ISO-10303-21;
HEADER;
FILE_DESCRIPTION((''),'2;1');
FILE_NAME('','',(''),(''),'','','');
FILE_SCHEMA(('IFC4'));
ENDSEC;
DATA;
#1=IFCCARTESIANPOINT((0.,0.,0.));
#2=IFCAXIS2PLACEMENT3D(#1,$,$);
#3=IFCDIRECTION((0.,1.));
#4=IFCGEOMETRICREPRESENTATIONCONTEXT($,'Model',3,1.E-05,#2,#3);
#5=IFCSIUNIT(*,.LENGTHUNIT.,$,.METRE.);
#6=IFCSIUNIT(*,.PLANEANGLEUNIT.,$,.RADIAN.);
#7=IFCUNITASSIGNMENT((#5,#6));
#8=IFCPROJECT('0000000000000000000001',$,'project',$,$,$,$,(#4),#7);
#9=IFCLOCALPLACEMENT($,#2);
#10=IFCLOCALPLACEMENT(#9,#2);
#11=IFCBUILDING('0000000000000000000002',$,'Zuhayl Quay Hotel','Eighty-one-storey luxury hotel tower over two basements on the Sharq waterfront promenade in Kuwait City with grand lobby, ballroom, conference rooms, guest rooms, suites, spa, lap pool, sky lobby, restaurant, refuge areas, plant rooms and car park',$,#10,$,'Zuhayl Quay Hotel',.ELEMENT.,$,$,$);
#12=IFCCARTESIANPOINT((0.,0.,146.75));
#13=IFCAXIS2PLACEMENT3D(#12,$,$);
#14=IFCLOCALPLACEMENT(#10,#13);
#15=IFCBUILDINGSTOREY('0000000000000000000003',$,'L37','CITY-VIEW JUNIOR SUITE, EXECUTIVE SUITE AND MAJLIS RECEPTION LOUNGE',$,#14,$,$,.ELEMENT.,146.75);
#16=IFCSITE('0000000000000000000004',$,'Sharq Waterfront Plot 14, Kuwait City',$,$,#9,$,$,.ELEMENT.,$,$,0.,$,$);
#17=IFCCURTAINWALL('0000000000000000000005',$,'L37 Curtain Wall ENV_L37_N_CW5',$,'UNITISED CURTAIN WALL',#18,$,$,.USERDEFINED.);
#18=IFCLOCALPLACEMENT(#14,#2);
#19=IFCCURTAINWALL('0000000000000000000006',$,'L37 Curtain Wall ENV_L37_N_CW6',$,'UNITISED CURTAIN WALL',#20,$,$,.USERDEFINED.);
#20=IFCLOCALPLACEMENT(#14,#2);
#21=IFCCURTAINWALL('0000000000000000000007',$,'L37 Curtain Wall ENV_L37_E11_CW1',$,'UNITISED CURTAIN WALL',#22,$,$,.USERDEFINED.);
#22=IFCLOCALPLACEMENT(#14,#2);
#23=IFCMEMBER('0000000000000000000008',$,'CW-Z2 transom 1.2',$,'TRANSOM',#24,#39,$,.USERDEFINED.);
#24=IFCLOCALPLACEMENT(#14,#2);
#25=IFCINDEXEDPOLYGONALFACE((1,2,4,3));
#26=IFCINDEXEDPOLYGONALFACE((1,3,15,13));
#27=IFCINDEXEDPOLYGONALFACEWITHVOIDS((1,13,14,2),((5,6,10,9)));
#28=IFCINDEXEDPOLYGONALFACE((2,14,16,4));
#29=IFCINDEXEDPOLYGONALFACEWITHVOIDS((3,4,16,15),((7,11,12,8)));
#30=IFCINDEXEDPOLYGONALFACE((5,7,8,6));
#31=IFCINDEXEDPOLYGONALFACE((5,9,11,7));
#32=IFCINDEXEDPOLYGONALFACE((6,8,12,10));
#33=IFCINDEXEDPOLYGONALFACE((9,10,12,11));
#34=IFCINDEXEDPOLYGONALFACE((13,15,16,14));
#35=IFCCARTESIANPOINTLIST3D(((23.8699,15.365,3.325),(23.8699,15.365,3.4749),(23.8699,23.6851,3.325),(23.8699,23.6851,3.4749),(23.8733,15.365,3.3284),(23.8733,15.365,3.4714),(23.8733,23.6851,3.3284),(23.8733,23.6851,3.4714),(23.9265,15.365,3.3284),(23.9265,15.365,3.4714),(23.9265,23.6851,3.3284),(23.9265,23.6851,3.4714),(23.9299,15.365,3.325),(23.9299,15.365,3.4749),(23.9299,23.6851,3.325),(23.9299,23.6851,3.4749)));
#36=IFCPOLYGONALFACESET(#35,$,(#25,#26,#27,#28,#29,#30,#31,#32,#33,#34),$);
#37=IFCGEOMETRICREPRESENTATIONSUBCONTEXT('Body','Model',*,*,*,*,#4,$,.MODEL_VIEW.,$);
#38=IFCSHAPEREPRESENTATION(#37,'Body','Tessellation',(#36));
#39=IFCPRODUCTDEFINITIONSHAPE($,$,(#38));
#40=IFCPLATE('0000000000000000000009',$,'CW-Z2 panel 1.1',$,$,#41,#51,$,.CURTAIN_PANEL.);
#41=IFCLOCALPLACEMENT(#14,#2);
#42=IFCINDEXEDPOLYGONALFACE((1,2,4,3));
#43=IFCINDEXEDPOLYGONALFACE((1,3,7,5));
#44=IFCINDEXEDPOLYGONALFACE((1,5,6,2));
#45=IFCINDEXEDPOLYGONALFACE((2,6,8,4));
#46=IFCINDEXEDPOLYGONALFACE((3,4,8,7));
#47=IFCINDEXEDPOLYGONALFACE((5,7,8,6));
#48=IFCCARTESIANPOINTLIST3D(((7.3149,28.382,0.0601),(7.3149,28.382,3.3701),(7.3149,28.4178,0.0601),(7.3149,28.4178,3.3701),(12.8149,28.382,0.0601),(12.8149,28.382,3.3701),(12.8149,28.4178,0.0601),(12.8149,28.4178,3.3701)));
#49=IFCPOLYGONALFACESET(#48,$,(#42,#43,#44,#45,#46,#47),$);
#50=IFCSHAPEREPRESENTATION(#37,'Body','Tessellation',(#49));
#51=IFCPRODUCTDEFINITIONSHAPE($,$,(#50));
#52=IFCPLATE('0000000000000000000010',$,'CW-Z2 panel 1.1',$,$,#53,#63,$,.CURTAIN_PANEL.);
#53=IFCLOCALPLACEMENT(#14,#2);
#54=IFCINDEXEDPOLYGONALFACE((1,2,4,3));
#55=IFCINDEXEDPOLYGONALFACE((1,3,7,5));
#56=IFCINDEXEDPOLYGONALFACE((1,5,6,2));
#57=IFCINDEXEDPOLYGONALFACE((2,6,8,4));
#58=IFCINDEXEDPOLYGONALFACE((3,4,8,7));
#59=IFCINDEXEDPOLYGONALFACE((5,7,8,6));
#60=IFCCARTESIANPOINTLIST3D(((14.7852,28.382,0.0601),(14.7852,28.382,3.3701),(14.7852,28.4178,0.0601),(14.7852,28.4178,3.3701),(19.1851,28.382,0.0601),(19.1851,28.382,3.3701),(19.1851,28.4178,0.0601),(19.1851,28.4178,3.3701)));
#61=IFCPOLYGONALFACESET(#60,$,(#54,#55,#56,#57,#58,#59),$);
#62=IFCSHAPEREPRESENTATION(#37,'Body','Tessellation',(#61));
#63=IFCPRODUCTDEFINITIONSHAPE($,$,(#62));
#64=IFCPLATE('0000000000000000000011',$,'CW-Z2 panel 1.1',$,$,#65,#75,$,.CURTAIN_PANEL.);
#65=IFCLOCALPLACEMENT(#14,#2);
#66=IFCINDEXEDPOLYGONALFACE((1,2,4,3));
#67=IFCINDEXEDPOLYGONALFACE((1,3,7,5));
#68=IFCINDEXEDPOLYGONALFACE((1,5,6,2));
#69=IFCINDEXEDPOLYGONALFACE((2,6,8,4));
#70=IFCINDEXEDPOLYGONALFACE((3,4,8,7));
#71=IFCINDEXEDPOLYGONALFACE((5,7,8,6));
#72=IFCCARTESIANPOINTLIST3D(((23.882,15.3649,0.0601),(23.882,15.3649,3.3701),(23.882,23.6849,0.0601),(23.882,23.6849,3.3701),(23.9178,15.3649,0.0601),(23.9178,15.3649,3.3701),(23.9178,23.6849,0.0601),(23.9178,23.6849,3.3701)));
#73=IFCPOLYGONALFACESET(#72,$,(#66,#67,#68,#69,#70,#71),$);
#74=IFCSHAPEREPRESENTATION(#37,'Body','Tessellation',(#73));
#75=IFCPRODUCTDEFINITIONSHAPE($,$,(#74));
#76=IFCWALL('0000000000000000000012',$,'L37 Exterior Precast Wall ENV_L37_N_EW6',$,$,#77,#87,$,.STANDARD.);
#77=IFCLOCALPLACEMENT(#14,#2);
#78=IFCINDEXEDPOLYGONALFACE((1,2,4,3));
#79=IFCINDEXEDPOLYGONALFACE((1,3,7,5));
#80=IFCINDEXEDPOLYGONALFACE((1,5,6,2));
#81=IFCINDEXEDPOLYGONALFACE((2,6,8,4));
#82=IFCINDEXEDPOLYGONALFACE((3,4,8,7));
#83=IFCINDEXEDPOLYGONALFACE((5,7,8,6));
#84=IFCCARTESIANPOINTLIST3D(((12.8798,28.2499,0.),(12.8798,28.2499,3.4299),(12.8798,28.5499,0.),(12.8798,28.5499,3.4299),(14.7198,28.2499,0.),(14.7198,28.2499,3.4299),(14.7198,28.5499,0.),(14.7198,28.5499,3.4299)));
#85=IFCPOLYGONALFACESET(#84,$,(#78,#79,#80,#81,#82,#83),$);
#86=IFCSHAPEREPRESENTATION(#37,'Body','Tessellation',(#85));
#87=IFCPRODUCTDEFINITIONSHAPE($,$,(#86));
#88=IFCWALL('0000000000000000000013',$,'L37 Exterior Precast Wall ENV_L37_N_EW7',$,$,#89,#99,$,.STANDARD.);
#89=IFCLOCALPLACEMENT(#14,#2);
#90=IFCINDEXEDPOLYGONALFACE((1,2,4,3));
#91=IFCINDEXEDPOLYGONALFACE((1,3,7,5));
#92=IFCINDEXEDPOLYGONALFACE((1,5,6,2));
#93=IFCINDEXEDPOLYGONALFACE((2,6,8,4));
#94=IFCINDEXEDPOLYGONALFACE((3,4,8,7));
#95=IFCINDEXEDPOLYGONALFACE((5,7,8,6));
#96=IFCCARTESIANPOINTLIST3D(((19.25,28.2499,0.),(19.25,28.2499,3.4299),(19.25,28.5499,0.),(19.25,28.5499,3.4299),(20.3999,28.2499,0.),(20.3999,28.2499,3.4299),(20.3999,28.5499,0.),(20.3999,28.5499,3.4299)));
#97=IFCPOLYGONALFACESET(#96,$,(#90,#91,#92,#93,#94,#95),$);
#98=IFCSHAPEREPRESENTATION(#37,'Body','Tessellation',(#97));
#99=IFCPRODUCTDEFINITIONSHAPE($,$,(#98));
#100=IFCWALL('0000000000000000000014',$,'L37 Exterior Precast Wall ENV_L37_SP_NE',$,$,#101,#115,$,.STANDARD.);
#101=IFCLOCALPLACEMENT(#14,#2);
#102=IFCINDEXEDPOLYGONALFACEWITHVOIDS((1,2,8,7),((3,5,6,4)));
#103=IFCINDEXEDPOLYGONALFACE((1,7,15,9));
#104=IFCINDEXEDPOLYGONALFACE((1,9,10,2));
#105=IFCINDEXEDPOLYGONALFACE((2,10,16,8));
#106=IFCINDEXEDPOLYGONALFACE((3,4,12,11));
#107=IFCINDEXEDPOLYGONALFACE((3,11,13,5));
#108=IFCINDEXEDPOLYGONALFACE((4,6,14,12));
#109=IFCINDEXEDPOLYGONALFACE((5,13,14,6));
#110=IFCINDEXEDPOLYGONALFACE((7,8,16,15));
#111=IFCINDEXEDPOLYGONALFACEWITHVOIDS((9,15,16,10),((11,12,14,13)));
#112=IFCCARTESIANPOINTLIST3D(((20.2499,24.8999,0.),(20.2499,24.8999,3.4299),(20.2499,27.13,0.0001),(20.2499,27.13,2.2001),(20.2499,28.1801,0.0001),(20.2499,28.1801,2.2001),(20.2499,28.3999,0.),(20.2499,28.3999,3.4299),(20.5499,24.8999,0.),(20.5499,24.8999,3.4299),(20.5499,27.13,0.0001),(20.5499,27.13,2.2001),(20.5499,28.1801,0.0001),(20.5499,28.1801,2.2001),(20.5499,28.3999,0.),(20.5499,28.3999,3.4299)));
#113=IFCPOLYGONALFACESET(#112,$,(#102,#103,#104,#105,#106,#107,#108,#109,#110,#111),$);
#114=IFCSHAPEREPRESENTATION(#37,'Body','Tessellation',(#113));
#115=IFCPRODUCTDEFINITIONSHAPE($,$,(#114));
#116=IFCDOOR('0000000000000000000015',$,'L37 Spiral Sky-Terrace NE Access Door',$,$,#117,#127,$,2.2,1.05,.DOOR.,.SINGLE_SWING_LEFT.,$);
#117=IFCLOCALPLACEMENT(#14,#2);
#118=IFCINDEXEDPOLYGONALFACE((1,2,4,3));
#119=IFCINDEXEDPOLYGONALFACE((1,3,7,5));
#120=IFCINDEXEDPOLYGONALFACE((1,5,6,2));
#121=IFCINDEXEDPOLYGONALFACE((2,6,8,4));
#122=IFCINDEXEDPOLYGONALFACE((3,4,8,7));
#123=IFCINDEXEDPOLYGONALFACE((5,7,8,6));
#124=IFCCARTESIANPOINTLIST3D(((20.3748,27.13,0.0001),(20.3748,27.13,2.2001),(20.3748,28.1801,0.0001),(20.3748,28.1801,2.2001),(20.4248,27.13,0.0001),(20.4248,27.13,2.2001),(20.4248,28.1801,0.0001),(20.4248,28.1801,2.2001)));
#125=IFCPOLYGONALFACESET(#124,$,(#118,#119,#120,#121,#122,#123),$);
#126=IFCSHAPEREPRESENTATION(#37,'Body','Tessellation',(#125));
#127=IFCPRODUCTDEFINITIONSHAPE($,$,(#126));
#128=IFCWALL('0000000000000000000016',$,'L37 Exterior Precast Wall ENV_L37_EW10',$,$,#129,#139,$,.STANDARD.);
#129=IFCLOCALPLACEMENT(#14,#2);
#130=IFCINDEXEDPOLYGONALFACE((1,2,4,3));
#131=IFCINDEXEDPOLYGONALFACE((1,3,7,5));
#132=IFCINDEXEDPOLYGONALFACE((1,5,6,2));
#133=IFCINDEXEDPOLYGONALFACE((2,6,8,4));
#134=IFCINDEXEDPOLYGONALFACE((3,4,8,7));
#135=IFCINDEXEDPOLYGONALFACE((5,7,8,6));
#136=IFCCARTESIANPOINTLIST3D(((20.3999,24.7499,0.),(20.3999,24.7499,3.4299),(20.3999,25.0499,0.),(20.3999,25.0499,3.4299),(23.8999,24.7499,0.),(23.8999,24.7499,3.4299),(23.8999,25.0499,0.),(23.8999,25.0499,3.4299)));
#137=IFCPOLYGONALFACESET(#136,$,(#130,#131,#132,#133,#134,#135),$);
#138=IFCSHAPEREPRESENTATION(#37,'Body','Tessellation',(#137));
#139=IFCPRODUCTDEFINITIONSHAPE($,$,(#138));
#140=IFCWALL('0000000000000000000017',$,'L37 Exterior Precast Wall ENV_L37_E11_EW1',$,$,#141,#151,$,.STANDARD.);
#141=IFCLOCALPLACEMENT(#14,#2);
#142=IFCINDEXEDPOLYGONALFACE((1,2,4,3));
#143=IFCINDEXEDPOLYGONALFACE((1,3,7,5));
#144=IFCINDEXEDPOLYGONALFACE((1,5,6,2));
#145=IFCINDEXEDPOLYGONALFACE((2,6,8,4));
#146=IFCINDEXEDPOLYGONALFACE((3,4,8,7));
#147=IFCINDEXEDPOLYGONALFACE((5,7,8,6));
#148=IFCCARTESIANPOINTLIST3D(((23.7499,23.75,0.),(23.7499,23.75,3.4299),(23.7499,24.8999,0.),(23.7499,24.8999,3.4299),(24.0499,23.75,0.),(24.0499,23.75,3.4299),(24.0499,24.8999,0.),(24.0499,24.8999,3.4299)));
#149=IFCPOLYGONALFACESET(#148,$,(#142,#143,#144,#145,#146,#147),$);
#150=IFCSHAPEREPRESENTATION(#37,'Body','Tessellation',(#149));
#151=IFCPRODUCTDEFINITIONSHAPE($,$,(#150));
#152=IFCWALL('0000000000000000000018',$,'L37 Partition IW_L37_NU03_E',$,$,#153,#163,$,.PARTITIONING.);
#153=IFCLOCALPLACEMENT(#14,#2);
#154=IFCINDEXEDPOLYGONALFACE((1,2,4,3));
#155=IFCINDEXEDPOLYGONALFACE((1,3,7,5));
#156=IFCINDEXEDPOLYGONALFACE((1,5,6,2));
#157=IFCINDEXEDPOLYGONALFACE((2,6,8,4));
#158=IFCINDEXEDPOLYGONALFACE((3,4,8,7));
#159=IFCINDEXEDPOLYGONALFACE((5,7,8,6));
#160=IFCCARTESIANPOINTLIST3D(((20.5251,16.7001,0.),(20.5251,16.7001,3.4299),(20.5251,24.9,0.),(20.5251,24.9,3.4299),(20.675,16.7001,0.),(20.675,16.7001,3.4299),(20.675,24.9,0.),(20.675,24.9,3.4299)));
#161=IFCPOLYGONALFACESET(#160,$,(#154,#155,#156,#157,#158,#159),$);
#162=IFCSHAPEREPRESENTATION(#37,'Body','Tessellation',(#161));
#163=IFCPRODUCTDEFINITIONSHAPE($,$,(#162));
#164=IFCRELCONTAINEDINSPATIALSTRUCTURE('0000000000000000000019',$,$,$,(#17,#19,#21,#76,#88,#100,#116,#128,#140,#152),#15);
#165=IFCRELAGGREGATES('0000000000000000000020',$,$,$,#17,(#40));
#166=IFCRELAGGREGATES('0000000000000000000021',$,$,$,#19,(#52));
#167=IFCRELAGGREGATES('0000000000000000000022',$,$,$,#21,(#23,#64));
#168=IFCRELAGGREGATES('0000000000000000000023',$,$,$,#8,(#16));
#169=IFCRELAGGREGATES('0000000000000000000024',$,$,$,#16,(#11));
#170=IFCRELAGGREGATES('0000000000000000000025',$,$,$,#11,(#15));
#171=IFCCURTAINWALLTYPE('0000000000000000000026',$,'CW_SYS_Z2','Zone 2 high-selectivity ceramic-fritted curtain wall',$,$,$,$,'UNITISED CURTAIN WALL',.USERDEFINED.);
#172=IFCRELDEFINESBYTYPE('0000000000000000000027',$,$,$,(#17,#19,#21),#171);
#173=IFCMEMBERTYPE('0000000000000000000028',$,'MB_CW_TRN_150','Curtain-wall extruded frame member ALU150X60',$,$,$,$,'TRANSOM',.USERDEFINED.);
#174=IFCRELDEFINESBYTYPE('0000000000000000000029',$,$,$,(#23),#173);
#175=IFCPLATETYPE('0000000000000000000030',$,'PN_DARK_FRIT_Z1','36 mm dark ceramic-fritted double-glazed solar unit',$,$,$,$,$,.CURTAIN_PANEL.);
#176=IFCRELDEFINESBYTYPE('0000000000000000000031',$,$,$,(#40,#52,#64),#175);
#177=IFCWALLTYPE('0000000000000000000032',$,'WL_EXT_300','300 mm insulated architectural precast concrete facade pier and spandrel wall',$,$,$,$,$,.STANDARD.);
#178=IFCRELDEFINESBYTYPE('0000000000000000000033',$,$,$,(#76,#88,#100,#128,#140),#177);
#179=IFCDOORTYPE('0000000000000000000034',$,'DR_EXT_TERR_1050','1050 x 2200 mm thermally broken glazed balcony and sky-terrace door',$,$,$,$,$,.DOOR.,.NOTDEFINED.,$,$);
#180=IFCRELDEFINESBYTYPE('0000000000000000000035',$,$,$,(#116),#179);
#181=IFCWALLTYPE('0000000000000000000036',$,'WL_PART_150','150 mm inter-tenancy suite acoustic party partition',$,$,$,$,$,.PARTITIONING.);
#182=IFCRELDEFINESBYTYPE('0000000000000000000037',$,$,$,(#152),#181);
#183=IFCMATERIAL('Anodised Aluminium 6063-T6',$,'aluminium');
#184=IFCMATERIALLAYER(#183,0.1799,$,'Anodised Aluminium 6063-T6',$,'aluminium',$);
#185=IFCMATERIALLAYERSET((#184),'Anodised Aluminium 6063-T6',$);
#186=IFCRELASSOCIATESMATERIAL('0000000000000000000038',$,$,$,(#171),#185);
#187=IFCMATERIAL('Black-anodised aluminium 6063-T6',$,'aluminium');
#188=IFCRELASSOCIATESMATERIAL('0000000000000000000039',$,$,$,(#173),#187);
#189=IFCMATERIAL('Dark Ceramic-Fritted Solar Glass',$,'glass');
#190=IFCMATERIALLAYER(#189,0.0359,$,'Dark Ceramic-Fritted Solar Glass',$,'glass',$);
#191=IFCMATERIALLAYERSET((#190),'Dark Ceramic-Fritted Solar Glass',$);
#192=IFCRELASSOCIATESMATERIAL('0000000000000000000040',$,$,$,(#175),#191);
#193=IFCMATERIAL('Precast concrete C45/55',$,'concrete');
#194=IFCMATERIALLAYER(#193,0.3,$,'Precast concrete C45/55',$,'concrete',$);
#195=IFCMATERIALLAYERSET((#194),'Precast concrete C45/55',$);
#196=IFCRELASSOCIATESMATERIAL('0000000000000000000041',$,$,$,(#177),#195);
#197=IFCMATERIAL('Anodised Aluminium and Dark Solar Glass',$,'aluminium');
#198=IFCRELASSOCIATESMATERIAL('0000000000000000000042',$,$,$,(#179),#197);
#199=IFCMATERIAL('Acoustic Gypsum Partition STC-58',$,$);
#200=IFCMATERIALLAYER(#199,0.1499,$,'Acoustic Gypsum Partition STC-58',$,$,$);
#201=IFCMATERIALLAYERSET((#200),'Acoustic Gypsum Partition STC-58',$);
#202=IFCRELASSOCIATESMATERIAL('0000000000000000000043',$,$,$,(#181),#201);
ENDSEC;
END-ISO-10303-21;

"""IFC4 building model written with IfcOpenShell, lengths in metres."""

from ifc_helpers import new_model, si_unit, direction, frame, frame_2d, origin, origin_2d, place, context, subcontext, project, spatial, rectangle, hollow_rectangle, extrude, material, layer, layer_set, material_profile, profile_set, type_object, element, fill, aggregate, save


model = new_model("IFC4")

# Units and contexts
model_context = context("Model", 3, precision=1e-05, world=origin(), true_north=direction((0.0, 1.0)))
body_context = subcontext(model_context, "Body", "Model", "MODEL_VIEW")
ifc_project = project(units=[si_unit("LENGTHUNIT", "METRE"), si_unit("PLANEANGLEUNIT", "RADIAN")], contexts=[model_context])

# Site, building, storey
site_placement = place(None, origin())
site = spatial("IfcSite", under=ifc_project, at=site_placement, Name="Sharq Waterfront Plot 14, Kuwait City", CompositionType="ELEMENT", RefElevation=0.0)
building_placement = place(site_placement, origin())
building = spatial("IfcBuilding", under=site, at=building_placement, Name="Zuhayl Quay Hotel", Description="Eighty-one-storey luxury hotel tower over two basements on the Sharq waterfront promenade in Kuwait City with grand lobby, ballroom, conference rooms, guest rooms, suites, spa, lap pool, sky lobby, restaurant, refuge areas, plant rooms and car park", LongName="Zuhayl Quay Hotel", CompositionType="ELEMENT")
storey_placement = place(building_placement, frame((0.0, 0.0, 146.75)))
storey = spatial("IfcBuildingStorey", under=building, at=storey_placement, Name="L37", Description="CITY-VIEW JUNIOR SUITE, EXECUTIVE SUITE AND MAJLIS RECEPTION LOUNGE", CompositionType="ELEMENT", Elevation=146.75)

# Curtain wall
ifc_material_1 = material(Name="Anodised Aluminium 6063-T6", Category="aluminium")
ifc_layer_1 = layer(ifc_material_1, 0.1799, Name="Anodised Aluminium 6063-T6", Category="aluminium")
ifc_layer_set_1 = layer_set([ifc_layer_1], Name="Anodised Aluminium 6063-T6")
curtain_wall_type = type_object("IfcCurtainWallType", Name="CW_SYS_Z2", Description="Zone 2 high-selectivity ceramic-fritted curtain wall", ElementType="UNITISED CURTAIN WALL", PredefinedType="USERDEFINED", material=ifc_layer_set_1)
curtain_wall_1_placement = place(storey_placement, origin())
curtain_wall_1 = element("IfcCurtainWall", 1, at=curtain_wall_1_placement, inside=storey, type_object=curtain_wall_type, Name="L37 Curtain Wall ENV_L37_N_CW5", ObjectType="UNITISED CURTAIN WALL", PredefinedType="USERDEFINED")
ifc_material_2 = material(Name="Black-anodised aluminium 6063-T6", Category="aluminium")

# Curtain walls
curtain_wall_2_placement = place(storey_placement, origin())
curtain_wall_2 = element("IfcCurtainWall", 2, at=curtain_wall_2_placement, inside=storey, type_object=curtain_wall_type, Name="L37 Curtain Wall ENV_L37_N_CW6", ObjectType="UNITISED CURTAIN WALL", PredefinedType="USERDEFINED")
curtain_wall_3_placement = place(storey_placement, origin())
curtain_wall_3 = element("IfcCurtainWall", 3, at=curtain_wall_3_placement, inside=storey, type_object=curtain_wall_type, Name="L37 Curtain Wall ENV_L37_E11_CW1", ObjectType="UNITISED CURTAIN WALL", PredefinedType="USERDEFINED")

# Member
ifc_material_profile_1 = material_profile(ifc_material_2, hollow_rectangle(XDim=0.0601, YDim=0.1499, WallThickness=0.0034, at=origin_2d()), Name="ALU150X60")
ifc_profile_set_1 = profile_set([ifc_material_profile_1], Name="Black-anodised aluminium 6063-T6")
member_type_1 = type_object("IfcMemberType", Name="MB_CW_TRN_150", Description="Curtain-wall extruded frame member ALU150X60", ElementType="TRANSOM", PredefinedType="USERDEFINED", material=ifc_profile_set_1)
member_1_placement = place(storey_placement, frame((23.8999, 23.6851, 3.3999), z_axis=(0.0, -1.0, 0.0), x_axis=(1.0, 0.0, 0.0)))
member_1 = element("IfcMember", 4, at=member_1_placement, type_object=member_type_1, Name="CW-Z2 transom 1.2", ObjectType="TRANSOM", PredefinedType="USERDEFINED", context=body_context, shape_type="SweptSolid", body=[
    extrude(hollow_rectangle(XDim=0.0601, YDim=0.1499, WallThickness=0.0034, at=origin_2d()), origin(), (0.0, 0.0, 1.0), 8.3201),
])

# Plates
ifc_material_3 = material(Name="Dark Ceramic-Fritted Solar Glass", Category="glass")
ifc_layer_2 = layer(ifc_material_3, 0.0359, Name="Dark Ceramic-Fritted Solar Glass", Category="glass")
ifc_layer_set_2 = layer_set([ifc_layer_2], Name="Dark Ceramic-Fritted Solar Glass")
plate_type = type_object("IfcPlateType", Name="PN_DARK_FRIT_Z1", Description="36 mm dark ceramic-fritted double-glazed solar unit", PredefinedType="CURTAIN_PANEL", material=ifc_layer_set_2)
plate_1_placement = place(storey_placement, frame((10.0649, 28.3999, 0.0601), z_axis=(0.0, 0.0, 1.0), x_axis=(1.0, 0.0, 0.0)))
plate_1 = element("IfcPlate", 5, at=plate_1_placement, type_object=plate_type, Name="CW-Z2 panel 1.1", PredefinedType="CURTAIN_PANEL", context=body_context, shape_type="SweptSolid", body=[
    extrude(rectangle(XDim=5.5, YDim=0.0359, at=origin_2d()), origin(), (0.0, 0.0, 1.0), 3.3101),
])
aggregate(curtain_wall_1, [plate_1])
plate_2_placement = place(storey_placement, frame((16.9851, 28.3999, 0.0601), z_axis=(0.0, 0.0, 1.0), x_axis=(1.0, 0.0, 0.0)))
plate_2 = element("IfcPlate", 6, at=plate_2_placement, type_object=plate_type, Name="CW-Z2 panel 1.1", PredefinedType="CURTAIN_PANEL", context=body_context, shape_type="SweptSolid", body=[
    extrude(rectangle(XDim=4.3999, YDim=0.0359, at=origin_2d()), origin(), (0.0, 0.0, 1.0), 3.3101),
])
aggregate(curtain_wall_2, [plate_2])
plate_3_placement = place(storey_placement, frame((23.8999, 19.5249, 0.0601), z_axis=(0.0, 0.0, 1.0), x_axis=(0.0, -1.0, 0.0)))
plate_3 = element("IfcPlate", 7, at=plate_3_placement, type_object=plate_type, Name="CW-Z2 panel 1.1", PredefinedType="CURTAIN_PANEL", context=body_context, shape_type="SweptSolid", body=[
    extrude(rectangle(XDim=8.3201, YDim=0.0359, at=origin_2d()), origin(), (0.0, 0.0, 1.0), 3.3101),
])
aggregate(curtain_wall_3, [member_1, plate_3])

# Walls
ifc_material_4 = material(Name="Precast concrete C45/55", Category="concrete")
ifc_layer_3 = layer(ifc_material_4, 0.3, Name="Precast concrete C45/55", Category="concrete")
ifc_layer_set_3 = layer_set([ifc_layer_3], Name="Precast concrete C45/55")
wall_type_1 = type_object("IfcWallType", Name="WL_EXT_300", Description="300 mm insulated architectural precast concrete facade pier and spandrel wall", PredefinedType="STANDARD", material=ifc_layer_set_3)
wall_1_placement = place(storey_placement, frame((12.8799, 28.3999, 0.0), z_axis=(0.0, 0.0, 1.0), x_axis=(1.0, 0.0, 0.0)))
element("IfcWall", 8, at=wall_1_placement, inside=storey, type_object=wall_type_1, Name="L37 Exterior Precast Wall ENV_L37_N_EW6", PredefinedType="STANDARD", context=body_context, shape_type="SweptSolid", body=[
    extrude(rectangle(XDim=1.8401, YDim=0.3, at=frame_2d((0.9199, 0.0))), origin(), (0.0, 0.0, 1.0), 3.4299),
])
wall_2_placement = place(storey_placement, frame((19.25, 28.3999, 0.0), z_axis=(0.0, 0.0, 1.0), x_axis=(1.0, 0.0, 0.0)))
element("IfcWall", 9, at=wall_2_placement, inside=storey, type_object=wall_type_1, Name="L37 Exterior Precast Wall ENV_L37_N_EW7", PredefinedType="STANDARD", context=body_context, shape_type="SweptSolid", body=[
    extrude(rectangle(XDim=1.1499, YDim=0.3, at=frame_2d((0.575, 0.0))), origin(), (0.0, 0.0, 1.0), 3.4299),
])

# Wall, opening, door
wall_3_placement = place(storey_placement, frame((20.3999, 28.3999, 0.0), z_axis=(0.0, 0.0, 1.0), x_axis=(0.0, -1.0, 0.0)))
wall_3 = element("IfcWall", 10, at=wall_3_placement, inside=storey, type_object=wall_type_1, Name="L37 Exterior Precast Wall ENV_L37_SP_NE", PredefinedType="STANDARD", context=body_context, shape_type="SweptSolid", body=[
    extrude(rectangle(XDim=3.5, YDim=0.3, at=frame_2d((1.75, 0.0))), origin(), (0.0, 0.0, 1.0), 3.4299),
])
opening_placement = place(wall_3_placement, frame((0.22, 0.0, 0.0)))
opening = element("IfcOpeningElement", 11, at=opening_placement, cuts=wall_3, PredefinedType="OPENING", context=body_context, shape_type="SweptSolid", body=[
    extrude(rectangle(XDim=1.05, YDim=2.2, at=frame_2d((0.5249, 1.1001))), frame((0.0, 0.1599, 0.0), z_axis=(0.0, -1.0, 0.0), x_axis=(1.0, 0.0, 0.0)), (0.0, 0.0, 1.0), 0.3201),
])
ifc_material_5 = material(Name="Anodised Aluminium and Dark Solar Glass", Category="aluminium")
door_type = type_object("IfcDoorType", Name="DR_EXT_TERR_1050", Description="1050 x 2200 mm thermally broken glazed balcony and sky-terrace door", OperationType="NOTDEFINED", PredefinedType="DOOR", material=ifc_material_5)
door_placement = place(opening_placement, origin())
door = element("IfcDoor", 12, at=door_placement, inside=storey, type_object=door_type, Name="L37 Spiral Sky-Terrace NE Access Door", OperationType="SINGLE_SWING_LEFT", OverallHeight=2.2, OverallWidth=1.05, PredefinedType="DOOR", context=body_context, shape_type="SweptSolid", body=[
    extrude(rectangle(XDim=1.05, YDim=2.2, at=frame_2d((0.5249, 1.1001))), frame((0.0, 0.0249, 0.0), z_axis=(0.0, -1.0, 0.0), x_axis=(1.0, 0.0, 0.0)), (0.0, 0.0, 1.0), 0.05),
])
fill(opening, door)

# Walls
wall_4_placement = place(storey_placement, frame((20.3999, 24.8999, 0.0), z_axis=(0.0, 0.0, 1.0), x_axis=(1.0, 0.0, 0.0)))
element("IfcWall", 13, at=wall_4_placement, inside=storey, type_object=wall_type_1, Name="L37 Exterior Precast Wall ENV_L37_EW10", PredefinedType="STANDARD", context=body_context, shape_type="SweptSolid", body=[
    extrude(rectangle(XDim=3.5, YDim=0.3, at=frame_2d((1.75, 0.0))), origin(), (0.0, 0.0, 1.0), 3.4299),
])
wall_5_placement = place(storey_placement, frame((23.8999, 24.8999, 0.0), z_axis=(0.0, 0.0, 1.0), x_axis=(0.0, -1.0, 0.0)))
element("IfcWall", 14, at=wall_5_placement, inside=storey, type_object=wall_type_1, Name="L37 Exterior Precast Wall ENV_L37_E11_EW1", PredefinedType="STANDARD", context=body_context, shape_type="SweptSolid", body=[
    extrude(rectangle(XDim=1.1499, YDim=0.3, at=frame_2d((0.575, 0.0))), origin(), (0.0, 0.0, 1.0), 3.4299),
])
ifc_material_6 = material(Name="Acoustic Gypsum Partition STC-58")
ifc_layer_4 = layer(ifc_material_6, 0.1499, Name="Acoustic Gypsum Partition STC-58")
ifc_layer_set_4 = layer_set([ifc_layer_4], Name="Acoustic Gypsum Partition STC-58")
wall_type_2 = type_object("IfcWallType", Name="WL_PART_150", Description="150 mm inter-tenancy suite acoustic party partition", PredefinedType="PARTITIONING", material=ifc_layer_set_4)
wall_6_placement = place(storey_placement, frame((20.6001, 16.7, 0.0), z_axis=(0.0, 0.0, 1.0), x_axis=(0.0, 1.0, 0.0)))
element("IfcWall", 15, at=wall_6_placement, inside=storey, type_object=wall_type_2, Name="L37 Partition IW_L37_NU03_E", PredefinedType="PARTITIONING", context=body_context, shape_type="SweptSolid", body=[
    extrude(rectangle(XDim=8.2, YDim=0.1499, at=frame_2d((4.1001, 0.0))), origin(), (0.0, 0.0, 1.0), 3.4299),
])

save(model, "model.ifc")
